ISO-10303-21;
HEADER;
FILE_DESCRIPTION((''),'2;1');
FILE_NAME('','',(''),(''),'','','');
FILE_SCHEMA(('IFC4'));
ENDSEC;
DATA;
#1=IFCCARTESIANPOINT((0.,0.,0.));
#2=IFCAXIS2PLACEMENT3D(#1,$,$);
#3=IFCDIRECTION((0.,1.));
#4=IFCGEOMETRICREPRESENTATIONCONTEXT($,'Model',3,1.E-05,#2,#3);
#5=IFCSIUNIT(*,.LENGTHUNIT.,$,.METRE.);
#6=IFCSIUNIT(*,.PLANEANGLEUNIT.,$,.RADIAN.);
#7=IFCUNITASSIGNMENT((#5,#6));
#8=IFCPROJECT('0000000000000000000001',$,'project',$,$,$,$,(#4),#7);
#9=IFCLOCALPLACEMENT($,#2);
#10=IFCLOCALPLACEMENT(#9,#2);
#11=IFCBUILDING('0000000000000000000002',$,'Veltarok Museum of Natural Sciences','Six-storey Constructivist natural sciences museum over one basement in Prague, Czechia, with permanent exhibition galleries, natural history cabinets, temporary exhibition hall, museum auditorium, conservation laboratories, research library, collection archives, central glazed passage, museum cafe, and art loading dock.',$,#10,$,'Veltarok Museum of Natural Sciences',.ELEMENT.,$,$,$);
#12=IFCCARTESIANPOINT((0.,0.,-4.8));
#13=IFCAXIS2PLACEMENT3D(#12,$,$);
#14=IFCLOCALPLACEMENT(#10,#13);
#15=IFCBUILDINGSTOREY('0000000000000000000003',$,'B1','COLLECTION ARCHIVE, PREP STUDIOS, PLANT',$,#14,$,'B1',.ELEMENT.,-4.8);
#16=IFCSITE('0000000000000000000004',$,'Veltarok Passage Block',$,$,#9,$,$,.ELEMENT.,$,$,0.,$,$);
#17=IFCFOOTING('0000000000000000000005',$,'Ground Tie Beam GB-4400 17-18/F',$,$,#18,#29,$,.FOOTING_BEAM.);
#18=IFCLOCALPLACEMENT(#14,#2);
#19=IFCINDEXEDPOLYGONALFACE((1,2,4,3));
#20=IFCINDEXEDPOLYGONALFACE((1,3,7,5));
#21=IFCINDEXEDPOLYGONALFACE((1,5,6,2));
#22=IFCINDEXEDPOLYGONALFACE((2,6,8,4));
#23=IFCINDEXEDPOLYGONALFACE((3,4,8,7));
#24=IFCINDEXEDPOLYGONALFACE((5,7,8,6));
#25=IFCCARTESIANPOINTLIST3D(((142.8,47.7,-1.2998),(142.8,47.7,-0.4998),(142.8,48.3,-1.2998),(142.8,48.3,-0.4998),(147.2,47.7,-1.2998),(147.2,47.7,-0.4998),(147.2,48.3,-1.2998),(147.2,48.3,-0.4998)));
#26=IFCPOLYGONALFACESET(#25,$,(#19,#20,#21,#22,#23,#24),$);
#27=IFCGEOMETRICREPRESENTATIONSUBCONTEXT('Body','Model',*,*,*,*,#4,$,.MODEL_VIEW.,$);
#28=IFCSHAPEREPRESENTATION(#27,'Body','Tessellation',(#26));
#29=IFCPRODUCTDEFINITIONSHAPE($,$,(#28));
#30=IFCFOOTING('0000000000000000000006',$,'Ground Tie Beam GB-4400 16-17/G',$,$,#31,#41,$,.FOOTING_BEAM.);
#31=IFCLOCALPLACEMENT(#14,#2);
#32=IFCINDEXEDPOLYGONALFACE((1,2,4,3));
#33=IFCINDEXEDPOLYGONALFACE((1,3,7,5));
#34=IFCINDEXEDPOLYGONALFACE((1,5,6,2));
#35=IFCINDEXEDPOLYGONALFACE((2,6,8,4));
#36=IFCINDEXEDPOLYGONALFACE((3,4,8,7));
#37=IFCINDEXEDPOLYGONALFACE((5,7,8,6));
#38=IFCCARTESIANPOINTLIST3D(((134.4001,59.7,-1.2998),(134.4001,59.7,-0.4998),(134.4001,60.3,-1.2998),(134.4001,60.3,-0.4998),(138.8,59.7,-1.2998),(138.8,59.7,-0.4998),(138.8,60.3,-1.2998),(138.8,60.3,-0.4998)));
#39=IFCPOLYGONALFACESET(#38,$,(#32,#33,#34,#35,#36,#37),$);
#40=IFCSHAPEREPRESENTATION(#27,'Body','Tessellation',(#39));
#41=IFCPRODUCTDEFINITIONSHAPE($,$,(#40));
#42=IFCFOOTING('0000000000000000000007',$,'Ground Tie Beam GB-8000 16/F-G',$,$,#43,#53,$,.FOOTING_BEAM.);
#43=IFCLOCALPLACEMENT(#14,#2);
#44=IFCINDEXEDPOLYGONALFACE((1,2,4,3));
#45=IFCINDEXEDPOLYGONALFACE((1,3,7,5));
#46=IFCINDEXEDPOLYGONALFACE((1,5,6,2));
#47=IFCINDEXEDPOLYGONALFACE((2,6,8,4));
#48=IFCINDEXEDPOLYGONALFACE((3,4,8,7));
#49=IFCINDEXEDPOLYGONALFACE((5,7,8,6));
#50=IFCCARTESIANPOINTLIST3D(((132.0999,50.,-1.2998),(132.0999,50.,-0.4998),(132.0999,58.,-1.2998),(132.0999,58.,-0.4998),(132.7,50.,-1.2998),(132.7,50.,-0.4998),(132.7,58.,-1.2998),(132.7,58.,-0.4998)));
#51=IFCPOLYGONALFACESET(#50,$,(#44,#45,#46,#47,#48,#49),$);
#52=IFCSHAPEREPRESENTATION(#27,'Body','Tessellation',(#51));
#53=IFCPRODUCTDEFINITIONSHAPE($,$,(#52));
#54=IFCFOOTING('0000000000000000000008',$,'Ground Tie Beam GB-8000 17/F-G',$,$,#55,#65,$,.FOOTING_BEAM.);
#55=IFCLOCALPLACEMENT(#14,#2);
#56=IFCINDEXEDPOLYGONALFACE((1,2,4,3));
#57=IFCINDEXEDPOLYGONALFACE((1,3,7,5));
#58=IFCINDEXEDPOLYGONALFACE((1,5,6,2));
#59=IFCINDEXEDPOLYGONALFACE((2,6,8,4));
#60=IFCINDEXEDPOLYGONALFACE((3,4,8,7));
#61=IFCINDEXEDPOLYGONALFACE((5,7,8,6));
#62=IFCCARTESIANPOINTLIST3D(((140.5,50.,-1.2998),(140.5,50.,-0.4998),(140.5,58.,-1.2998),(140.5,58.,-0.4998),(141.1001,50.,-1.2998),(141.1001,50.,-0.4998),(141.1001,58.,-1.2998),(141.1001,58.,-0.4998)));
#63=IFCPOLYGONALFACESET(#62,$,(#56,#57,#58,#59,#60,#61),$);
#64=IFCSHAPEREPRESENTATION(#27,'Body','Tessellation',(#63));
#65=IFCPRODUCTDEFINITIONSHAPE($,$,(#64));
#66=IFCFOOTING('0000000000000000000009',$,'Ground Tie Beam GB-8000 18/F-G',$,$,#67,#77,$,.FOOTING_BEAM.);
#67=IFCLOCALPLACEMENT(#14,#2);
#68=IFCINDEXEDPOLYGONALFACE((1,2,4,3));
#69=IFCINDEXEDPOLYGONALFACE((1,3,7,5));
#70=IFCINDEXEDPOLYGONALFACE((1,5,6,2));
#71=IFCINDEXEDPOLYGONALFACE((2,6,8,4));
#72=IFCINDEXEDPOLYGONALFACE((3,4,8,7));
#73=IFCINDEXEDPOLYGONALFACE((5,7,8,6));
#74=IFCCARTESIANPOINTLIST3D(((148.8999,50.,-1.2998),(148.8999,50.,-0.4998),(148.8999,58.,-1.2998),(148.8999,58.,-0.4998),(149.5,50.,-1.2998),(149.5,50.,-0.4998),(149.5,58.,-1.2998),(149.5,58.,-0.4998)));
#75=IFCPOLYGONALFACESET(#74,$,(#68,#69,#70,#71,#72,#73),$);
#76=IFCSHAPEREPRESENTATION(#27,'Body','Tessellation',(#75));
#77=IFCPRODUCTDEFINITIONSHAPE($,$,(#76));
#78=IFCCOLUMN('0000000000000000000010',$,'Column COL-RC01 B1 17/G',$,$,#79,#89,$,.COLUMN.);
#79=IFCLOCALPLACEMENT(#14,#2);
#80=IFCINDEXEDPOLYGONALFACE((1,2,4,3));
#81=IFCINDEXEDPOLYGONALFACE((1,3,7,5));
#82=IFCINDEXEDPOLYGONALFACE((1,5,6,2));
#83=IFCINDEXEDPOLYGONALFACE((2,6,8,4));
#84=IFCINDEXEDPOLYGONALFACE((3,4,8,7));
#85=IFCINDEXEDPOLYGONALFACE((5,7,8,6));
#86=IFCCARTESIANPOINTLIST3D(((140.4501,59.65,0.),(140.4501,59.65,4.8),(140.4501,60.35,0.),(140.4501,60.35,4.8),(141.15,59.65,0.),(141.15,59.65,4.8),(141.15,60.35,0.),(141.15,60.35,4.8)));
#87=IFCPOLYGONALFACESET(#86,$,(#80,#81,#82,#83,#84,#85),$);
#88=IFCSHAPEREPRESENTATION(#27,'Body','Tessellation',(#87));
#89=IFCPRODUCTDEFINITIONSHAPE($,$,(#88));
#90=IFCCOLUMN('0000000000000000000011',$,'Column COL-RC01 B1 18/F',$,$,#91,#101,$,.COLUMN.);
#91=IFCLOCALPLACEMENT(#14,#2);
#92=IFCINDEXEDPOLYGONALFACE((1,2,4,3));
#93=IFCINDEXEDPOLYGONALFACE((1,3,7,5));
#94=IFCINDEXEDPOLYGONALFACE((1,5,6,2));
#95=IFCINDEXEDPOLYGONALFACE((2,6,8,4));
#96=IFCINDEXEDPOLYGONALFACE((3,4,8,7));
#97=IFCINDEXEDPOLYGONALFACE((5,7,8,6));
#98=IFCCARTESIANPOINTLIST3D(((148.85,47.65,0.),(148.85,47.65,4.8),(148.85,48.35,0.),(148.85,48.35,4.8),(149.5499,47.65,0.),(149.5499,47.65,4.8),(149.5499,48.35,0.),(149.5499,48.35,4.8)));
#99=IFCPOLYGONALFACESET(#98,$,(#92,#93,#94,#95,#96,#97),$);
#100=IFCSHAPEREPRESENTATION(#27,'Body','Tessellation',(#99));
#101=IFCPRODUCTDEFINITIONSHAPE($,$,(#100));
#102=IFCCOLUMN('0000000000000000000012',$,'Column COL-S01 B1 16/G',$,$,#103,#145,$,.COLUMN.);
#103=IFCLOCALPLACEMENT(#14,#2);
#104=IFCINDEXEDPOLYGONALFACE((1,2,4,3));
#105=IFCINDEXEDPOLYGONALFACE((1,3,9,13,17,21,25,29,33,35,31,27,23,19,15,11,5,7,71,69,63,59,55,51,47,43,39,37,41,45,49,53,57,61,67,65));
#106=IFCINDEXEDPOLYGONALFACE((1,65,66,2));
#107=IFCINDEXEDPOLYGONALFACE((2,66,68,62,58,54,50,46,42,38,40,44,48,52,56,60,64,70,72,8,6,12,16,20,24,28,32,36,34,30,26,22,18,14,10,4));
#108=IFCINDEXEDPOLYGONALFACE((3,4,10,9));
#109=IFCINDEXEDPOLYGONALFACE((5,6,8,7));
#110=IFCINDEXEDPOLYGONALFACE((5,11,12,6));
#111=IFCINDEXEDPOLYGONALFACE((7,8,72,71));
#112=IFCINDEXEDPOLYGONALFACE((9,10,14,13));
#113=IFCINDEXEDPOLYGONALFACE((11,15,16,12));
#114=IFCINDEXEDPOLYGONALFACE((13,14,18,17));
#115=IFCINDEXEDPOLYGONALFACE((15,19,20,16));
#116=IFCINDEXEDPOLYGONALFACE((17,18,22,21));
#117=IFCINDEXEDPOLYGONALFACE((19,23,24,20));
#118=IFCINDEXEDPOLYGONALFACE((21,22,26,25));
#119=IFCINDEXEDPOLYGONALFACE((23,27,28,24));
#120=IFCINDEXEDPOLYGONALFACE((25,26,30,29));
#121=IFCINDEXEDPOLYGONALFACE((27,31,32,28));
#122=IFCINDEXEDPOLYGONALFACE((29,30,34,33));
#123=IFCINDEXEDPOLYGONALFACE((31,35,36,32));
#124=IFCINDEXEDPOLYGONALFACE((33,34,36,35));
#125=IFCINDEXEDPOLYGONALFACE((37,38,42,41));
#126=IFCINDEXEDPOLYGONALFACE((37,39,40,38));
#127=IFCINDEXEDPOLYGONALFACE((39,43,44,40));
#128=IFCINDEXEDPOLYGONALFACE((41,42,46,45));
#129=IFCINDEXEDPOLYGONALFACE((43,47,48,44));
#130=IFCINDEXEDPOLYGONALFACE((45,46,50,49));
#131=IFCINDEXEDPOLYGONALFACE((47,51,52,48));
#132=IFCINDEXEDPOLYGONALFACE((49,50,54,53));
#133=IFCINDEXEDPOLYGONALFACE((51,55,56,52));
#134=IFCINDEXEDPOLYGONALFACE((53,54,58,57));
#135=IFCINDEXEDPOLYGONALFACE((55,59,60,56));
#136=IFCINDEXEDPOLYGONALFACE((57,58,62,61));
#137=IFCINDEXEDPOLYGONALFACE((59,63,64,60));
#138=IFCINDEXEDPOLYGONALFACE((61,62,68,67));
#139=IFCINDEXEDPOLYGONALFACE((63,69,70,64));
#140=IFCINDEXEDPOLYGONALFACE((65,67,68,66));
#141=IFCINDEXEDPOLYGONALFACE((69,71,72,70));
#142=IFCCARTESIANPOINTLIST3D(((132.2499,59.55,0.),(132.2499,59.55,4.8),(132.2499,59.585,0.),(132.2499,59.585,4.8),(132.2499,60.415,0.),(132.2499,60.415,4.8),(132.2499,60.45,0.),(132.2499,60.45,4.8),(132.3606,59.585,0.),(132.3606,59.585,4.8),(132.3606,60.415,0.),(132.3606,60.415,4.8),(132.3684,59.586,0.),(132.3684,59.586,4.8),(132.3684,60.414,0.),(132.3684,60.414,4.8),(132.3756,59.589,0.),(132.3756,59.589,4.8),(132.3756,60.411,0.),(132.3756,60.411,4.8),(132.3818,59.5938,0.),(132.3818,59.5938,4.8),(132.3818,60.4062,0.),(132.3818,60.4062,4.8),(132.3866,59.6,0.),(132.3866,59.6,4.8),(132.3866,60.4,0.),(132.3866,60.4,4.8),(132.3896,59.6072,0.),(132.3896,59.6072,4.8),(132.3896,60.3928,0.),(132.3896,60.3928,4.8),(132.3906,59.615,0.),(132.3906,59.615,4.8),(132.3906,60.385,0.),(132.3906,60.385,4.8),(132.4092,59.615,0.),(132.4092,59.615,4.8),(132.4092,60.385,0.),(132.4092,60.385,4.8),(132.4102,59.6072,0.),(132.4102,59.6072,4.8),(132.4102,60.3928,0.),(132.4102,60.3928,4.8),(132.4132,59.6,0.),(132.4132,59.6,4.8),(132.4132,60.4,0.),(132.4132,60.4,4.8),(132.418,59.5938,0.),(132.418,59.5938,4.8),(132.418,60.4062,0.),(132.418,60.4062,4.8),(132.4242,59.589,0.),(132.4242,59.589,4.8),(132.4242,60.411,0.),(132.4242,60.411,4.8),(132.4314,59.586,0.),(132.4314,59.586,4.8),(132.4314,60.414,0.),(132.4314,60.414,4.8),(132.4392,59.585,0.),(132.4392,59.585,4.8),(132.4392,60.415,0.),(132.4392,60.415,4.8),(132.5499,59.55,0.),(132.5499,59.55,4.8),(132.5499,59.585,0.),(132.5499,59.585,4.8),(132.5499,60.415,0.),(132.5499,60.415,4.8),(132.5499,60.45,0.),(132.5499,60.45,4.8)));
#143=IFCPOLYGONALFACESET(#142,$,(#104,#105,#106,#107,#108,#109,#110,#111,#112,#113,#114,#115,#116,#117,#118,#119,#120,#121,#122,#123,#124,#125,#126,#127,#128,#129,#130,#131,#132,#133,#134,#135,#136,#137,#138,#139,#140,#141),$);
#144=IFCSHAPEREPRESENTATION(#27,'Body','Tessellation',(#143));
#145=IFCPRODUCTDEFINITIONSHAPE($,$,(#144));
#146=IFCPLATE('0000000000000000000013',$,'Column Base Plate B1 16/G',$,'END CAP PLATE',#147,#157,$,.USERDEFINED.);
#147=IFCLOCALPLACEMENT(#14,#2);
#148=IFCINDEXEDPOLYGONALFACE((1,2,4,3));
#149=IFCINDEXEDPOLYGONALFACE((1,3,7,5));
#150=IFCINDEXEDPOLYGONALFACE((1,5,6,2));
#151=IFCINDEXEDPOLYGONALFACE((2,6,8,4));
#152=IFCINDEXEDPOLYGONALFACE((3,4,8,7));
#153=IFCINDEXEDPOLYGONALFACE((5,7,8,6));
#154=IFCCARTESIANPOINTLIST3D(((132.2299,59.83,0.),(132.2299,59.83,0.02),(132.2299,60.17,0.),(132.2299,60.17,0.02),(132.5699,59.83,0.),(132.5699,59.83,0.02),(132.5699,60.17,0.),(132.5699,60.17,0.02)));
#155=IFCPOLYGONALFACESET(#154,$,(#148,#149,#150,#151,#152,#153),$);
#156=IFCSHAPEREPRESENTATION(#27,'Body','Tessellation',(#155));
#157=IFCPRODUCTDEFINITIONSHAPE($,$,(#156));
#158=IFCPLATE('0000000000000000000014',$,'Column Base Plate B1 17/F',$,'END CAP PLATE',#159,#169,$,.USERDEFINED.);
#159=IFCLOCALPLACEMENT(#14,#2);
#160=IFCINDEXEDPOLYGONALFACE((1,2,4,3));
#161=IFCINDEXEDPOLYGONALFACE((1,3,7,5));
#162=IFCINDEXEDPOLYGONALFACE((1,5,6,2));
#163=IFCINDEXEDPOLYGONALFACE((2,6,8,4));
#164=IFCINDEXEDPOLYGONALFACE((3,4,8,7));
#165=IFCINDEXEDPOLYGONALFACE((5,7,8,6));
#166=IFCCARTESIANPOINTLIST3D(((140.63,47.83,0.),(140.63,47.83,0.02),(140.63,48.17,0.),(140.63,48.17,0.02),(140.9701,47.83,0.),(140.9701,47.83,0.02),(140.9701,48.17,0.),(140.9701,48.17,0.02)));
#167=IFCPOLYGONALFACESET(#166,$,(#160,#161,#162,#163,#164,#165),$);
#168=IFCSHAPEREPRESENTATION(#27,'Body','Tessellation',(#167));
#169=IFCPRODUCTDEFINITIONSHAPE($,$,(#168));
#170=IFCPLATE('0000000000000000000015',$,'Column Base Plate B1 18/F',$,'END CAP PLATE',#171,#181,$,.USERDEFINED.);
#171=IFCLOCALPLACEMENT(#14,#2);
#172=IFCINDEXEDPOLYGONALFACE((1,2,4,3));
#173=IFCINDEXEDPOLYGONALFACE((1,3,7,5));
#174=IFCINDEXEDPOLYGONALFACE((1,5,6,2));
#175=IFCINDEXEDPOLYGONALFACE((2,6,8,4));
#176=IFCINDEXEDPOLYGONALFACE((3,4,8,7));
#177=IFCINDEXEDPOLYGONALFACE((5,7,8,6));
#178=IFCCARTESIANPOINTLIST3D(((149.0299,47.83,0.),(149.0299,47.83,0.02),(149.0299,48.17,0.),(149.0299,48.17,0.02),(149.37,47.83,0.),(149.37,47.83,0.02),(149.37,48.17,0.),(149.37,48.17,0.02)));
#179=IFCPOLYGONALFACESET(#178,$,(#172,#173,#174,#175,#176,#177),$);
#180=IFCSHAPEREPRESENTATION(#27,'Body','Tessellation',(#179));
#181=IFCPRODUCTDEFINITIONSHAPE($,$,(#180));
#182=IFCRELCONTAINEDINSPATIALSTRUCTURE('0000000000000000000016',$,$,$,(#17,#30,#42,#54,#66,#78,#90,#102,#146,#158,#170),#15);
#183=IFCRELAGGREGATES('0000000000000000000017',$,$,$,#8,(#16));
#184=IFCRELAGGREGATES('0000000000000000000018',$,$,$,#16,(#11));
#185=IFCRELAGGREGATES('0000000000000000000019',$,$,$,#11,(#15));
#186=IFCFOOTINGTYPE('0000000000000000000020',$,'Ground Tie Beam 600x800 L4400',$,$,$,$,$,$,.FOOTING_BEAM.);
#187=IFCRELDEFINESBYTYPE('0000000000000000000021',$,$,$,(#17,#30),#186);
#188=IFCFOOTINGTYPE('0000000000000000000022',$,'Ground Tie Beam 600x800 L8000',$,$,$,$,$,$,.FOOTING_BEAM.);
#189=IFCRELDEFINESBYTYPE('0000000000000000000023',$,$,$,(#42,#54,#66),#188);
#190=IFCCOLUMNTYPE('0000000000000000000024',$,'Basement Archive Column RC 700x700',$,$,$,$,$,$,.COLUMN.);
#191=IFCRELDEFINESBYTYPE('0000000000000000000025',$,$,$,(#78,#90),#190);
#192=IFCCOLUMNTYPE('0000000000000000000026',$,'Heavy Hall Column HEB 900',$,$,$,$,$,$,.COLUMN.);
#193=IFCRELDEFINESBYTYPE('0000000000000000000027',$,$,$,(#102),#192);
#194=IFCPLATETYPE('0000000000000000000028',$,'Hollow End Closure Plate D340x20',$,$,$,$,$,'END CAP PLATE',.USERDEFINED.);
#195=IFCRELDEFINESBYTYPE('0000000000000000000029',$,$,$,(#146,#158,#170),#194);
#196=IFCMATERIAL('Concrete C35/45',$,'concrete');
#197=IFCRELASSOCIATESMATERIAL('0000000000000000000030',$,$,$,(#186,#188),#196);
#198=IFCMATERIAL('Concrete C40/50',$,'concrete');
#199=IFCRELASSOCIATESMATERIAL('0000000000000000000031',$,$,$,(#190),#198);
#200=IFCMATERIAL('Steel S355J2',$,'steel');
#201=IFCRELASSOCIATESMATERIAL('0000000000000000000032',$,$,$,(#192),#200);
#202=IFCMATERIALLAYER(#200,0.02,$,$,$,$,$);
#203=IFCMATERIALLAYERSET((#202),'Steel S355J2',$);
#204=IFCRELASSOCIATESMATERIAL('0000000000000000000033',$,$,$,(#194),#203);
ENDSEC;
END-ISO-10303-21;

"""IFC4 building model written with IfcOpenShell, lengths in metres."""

from ifc_helpers import new_model, si_unit, direction, frame, origin, origin_2d, place, context, subcontext, project, spatial, rectangle, i_section, extrude, material, layer, layer_set, material_profile, profile_set, type_object, element, save


model = new_model("IFC4")

# Units and contexts
model_context = context("Model", 3, precision=1e-05, world=origin(), true_north=direction((0.0, 1.0)))
body_context = subcontext(model_context, "Body", "Model", "MODEL_VIEW")
ifc_project = project(units=[si_unit("LENGTHUNIT", "METRE"), si_unit("PLANEANGLEUNIT", "RADIAN")], contexts=[model_context])

# Site, building, storey
site_placement = place(None, origin())
site = spatial("IfcSite", under=ifc_project, at=site_placement, Name="Veltarok Passage Block", CompositionType="ELEMENT", RefElevation=0.0)
building_placement = place(site_placement, origin())
building = spatial("IfcBuilding", under=site, at=building_placement, Name="Veltarok Museum of Natural Sciences", Description="Six-storey Constructivist natural sciences museum over one basement in Prague, Czechia, with permanent exhibition galleries, natural history cabinets, temporary exhibition hall, museum auditorium, conservation laboratories, research library, collection archives, central glazed passage, museum cafe, and art loading dock.", LongName="Veltarok Museum of Natural Sciences", CompositionType="ELEMENT")
storey_placement = place(building_placement, frame((0.0, 0.0, -4.8)))
storey = spatial("IfcBuildingStorey", under=building, at=storey_placement, Name="B1", Description="COLLECTION ARCHIVE, PREP STUDIOS, PLANT", LongName="B1", CompositionType="ELEMENT", Elevation=-4.8)

# Shared definitions
ifc_material_1 = material(Name="Concrete C35/45", Category="concrete")

# Footings
footing_type_1 = type_object("IfcFootingType", Name="Ground Tie Beam 600x800 L4400", PredefinedType="FOOTING_BEAM", material=ifc_material_1)
for number, where, z_axis, x_axis, name in (
    (1, (145.0, 48.0, -1.2998), (0.0, 0.0, 1.0), (1.0, 0.0, 0.0), "Ground Tie Beam GB-4400 17-18/F"),
    (2, (136.6001, 60.0, -1.2998), (0.0, 0.0, 1.0), (1.0, 0.0, 0.0), "Ground Tie Beam GB-4400 16-17/G"),
):
    element("IfcFooting", number, at=place(storey_placement, frame(where, z_axis=z_axis, x_axis=x_axis)), inside=storey, type_object=footing_type_1, Name=name, PredefinedType="FOOTING_BEAM", context=body_context, shape_type="SweptSolid", body=[
        extrude(rectangle(XDim=4.3999, YDim=0.6001, at=origin_2d()), origin(), (0.0, 0.0, 1.0), 0.8),
    ])
footing_type_2 = type_object("IfcFootingType", Name="Ground Tie Beam 600x800 L8000", PredefinedType="FOOTING_BEAM", material=ifc_material_1)
for number, where, z_axis, x_axis, name in (
    (3, (132.3999, 54.0, -1.2998), (0.0, 0.0, 1.0), (0.0, 1.0, 0.0), "Ground Tie Beam GB-8000 16/F-G"),
    (4, (140.8, 54.0, -1.2998), (0.0, 0.0, 1.0), (0.0, 1.0, 0.0), "Ground Tie Beam GB-8000 17/F-G"),
    (5, (149.2, 54.0, -1.2998), (0.0, 0.0, 1.0), (0.0, 1.0, 0.0), "Ground Tie Beam GB-8000 18/F-G"),
):
    element("IfcFooting", number, at=place(storey_placement, frame(where, z_axis=z_axis, x_axis=x_axis)), inside=storey, type_object=footing_type_2, Name=name, PredefinedType="FOOTING_BEAM", context=body_context, shape_type="SweptSolid", body=[
        extrude(rectangle(XDim=8.0, YDim=0.6001, at=origin_2d()), origin(), (0.0, 0.0, 1.0), 0.8),
    ])

# Columns
ifc_material_2 = material(Name="Concrete C40/50", Category="concrete")
ifc_material_profile_1 = material_profile(ifc_material_2, rectangle(XDim=0.7, YDim=0.7, at=origin_2d()), Name="RC 700x700")
ifc_profile_set_1 = profile_set([ifc_material_profile_1], Name="Concrete C40/50")
column_type_1 = type_object("IfcColumnType", Name="Basement Archive Column RC 700x700", PredefinedType="COLUMN", material=ifc_profile_set_1)
for number, where, z_axis, x_axis, name in (
    (6, (140.8, 60.0, 0.0), (0.0, 0.0, 1.0), (1.0, 0.0, 0.0), "Column COL-RC01 B1 17/G"),
    (7, (149.2, 48.0, 0.0), (0.0, 0.0, 1.0), (1.0, 0.0, 0.0), "Column COL-RC01 B1 18/F"),
):
    element("IfcColumn", number, at=place(storey_placement, frame(where, z_axis=z_axis, x_axis=x_axis)), inside=storey, type_object=column_type_1, Name=name, PredefinedType="COLUMN", context=body_context, shape_type="SweptSolid", body=[
        extrude(rectangle(XDim=0.7, YDim=0.7, at=origin_2d()), origin(), (0.0, 0.0, 1.0), 4.8),
    ])
ifc_material_3 = material(Name="Steel S355J2", Category="steel")
ifc_material_profile_2 = material_profile(ifc_material_3, i_section(OverallWidth=0.3, OverallDepth=0.8999, WebThickness=0.0186, FlangeThickness=0.0349, FilletRadius=0.03, at=origin_2d()), Name="HEB 900")
ifc_profile_set_2 = profile_set([ifc_material_profile_2], Name="Steel S355J2")
column_type_2 = type_object("IfcColumnType", Name="Heavy Hall Column HEB 900", PredefinedType="COLUMN", material=ifc_profile_set_2)
column_placement = place(storey_placement, frame((132.3999, 60.0, 0.0), z_axis=(0.0, 0.0, 1.0), x_axis=(1.0, 0.0, 0.0)))
element("IfcColumn", 8, at=column_placement, inside=storey, type_object=column_type_2, Name="Column COL-S01 B1 16/G", PredefinedType="COLUMN", context=body_context, shape_type="SweptSolid", body=[
    extrude(i_section(OverallWidth=0.3, OverallDepth=0.8999, WebThickness=0.0186, FlangeThickness=0.0349, FilletRadius=0.03, at=origin_2d()), origin(), (0.0, 0.0, 1.0), 4.8),
])

# Plates
ifc_layer_1 = layer(ifc_material_3, 0.02)
ifc_layer_set_1 = layer_set([ifc_layer_1], Name="Steel S355J2")
plate_type = type_object("IfcPlateType", Name="Hollow End Closure Plate D340x20", ElementType="END CAP PLATE", PredefinedType="USERDEFINED", material=ifc_layer_set_1)
for number, where, z_axis, x_axis, name in (
    (9, (132.3999, 60.0, 0.0), (0.0, 0.0, 1.0), (1.0, 0.0, 0.0), "Column Base Plate B1 16/G"),
    (10, (140.8, 48.0, 0.0), (0.0, 0.0, 1.0), (1.0, 0.0, 0.0), "Column Base Plate B1 17/F"),
    (11, (149.2, 48.0, 0.0), (0.0, 0.0, 1.0), (1.0, 0.0, 0.0), "Column Base Plate B1 18/F"),
):
    element("IfcPlate", number, at=place(storey_placement, frame(where, z_axis=z_axis, x_axis=x_axis)), inside=storey, type_object=plate_type, Name=name, ObjectType="END CAP PLATE", PredefinedType="USERDEFINED", context=body_context, shape_type="SweptSolid", body=[
        extrude(rectangle(XDim=0.3401, YDim=0.3401, at=origin_2d()), origin(), (0.0, 0.0, 1.0), 0.02),
    ])

save(model, "model.ifc")
